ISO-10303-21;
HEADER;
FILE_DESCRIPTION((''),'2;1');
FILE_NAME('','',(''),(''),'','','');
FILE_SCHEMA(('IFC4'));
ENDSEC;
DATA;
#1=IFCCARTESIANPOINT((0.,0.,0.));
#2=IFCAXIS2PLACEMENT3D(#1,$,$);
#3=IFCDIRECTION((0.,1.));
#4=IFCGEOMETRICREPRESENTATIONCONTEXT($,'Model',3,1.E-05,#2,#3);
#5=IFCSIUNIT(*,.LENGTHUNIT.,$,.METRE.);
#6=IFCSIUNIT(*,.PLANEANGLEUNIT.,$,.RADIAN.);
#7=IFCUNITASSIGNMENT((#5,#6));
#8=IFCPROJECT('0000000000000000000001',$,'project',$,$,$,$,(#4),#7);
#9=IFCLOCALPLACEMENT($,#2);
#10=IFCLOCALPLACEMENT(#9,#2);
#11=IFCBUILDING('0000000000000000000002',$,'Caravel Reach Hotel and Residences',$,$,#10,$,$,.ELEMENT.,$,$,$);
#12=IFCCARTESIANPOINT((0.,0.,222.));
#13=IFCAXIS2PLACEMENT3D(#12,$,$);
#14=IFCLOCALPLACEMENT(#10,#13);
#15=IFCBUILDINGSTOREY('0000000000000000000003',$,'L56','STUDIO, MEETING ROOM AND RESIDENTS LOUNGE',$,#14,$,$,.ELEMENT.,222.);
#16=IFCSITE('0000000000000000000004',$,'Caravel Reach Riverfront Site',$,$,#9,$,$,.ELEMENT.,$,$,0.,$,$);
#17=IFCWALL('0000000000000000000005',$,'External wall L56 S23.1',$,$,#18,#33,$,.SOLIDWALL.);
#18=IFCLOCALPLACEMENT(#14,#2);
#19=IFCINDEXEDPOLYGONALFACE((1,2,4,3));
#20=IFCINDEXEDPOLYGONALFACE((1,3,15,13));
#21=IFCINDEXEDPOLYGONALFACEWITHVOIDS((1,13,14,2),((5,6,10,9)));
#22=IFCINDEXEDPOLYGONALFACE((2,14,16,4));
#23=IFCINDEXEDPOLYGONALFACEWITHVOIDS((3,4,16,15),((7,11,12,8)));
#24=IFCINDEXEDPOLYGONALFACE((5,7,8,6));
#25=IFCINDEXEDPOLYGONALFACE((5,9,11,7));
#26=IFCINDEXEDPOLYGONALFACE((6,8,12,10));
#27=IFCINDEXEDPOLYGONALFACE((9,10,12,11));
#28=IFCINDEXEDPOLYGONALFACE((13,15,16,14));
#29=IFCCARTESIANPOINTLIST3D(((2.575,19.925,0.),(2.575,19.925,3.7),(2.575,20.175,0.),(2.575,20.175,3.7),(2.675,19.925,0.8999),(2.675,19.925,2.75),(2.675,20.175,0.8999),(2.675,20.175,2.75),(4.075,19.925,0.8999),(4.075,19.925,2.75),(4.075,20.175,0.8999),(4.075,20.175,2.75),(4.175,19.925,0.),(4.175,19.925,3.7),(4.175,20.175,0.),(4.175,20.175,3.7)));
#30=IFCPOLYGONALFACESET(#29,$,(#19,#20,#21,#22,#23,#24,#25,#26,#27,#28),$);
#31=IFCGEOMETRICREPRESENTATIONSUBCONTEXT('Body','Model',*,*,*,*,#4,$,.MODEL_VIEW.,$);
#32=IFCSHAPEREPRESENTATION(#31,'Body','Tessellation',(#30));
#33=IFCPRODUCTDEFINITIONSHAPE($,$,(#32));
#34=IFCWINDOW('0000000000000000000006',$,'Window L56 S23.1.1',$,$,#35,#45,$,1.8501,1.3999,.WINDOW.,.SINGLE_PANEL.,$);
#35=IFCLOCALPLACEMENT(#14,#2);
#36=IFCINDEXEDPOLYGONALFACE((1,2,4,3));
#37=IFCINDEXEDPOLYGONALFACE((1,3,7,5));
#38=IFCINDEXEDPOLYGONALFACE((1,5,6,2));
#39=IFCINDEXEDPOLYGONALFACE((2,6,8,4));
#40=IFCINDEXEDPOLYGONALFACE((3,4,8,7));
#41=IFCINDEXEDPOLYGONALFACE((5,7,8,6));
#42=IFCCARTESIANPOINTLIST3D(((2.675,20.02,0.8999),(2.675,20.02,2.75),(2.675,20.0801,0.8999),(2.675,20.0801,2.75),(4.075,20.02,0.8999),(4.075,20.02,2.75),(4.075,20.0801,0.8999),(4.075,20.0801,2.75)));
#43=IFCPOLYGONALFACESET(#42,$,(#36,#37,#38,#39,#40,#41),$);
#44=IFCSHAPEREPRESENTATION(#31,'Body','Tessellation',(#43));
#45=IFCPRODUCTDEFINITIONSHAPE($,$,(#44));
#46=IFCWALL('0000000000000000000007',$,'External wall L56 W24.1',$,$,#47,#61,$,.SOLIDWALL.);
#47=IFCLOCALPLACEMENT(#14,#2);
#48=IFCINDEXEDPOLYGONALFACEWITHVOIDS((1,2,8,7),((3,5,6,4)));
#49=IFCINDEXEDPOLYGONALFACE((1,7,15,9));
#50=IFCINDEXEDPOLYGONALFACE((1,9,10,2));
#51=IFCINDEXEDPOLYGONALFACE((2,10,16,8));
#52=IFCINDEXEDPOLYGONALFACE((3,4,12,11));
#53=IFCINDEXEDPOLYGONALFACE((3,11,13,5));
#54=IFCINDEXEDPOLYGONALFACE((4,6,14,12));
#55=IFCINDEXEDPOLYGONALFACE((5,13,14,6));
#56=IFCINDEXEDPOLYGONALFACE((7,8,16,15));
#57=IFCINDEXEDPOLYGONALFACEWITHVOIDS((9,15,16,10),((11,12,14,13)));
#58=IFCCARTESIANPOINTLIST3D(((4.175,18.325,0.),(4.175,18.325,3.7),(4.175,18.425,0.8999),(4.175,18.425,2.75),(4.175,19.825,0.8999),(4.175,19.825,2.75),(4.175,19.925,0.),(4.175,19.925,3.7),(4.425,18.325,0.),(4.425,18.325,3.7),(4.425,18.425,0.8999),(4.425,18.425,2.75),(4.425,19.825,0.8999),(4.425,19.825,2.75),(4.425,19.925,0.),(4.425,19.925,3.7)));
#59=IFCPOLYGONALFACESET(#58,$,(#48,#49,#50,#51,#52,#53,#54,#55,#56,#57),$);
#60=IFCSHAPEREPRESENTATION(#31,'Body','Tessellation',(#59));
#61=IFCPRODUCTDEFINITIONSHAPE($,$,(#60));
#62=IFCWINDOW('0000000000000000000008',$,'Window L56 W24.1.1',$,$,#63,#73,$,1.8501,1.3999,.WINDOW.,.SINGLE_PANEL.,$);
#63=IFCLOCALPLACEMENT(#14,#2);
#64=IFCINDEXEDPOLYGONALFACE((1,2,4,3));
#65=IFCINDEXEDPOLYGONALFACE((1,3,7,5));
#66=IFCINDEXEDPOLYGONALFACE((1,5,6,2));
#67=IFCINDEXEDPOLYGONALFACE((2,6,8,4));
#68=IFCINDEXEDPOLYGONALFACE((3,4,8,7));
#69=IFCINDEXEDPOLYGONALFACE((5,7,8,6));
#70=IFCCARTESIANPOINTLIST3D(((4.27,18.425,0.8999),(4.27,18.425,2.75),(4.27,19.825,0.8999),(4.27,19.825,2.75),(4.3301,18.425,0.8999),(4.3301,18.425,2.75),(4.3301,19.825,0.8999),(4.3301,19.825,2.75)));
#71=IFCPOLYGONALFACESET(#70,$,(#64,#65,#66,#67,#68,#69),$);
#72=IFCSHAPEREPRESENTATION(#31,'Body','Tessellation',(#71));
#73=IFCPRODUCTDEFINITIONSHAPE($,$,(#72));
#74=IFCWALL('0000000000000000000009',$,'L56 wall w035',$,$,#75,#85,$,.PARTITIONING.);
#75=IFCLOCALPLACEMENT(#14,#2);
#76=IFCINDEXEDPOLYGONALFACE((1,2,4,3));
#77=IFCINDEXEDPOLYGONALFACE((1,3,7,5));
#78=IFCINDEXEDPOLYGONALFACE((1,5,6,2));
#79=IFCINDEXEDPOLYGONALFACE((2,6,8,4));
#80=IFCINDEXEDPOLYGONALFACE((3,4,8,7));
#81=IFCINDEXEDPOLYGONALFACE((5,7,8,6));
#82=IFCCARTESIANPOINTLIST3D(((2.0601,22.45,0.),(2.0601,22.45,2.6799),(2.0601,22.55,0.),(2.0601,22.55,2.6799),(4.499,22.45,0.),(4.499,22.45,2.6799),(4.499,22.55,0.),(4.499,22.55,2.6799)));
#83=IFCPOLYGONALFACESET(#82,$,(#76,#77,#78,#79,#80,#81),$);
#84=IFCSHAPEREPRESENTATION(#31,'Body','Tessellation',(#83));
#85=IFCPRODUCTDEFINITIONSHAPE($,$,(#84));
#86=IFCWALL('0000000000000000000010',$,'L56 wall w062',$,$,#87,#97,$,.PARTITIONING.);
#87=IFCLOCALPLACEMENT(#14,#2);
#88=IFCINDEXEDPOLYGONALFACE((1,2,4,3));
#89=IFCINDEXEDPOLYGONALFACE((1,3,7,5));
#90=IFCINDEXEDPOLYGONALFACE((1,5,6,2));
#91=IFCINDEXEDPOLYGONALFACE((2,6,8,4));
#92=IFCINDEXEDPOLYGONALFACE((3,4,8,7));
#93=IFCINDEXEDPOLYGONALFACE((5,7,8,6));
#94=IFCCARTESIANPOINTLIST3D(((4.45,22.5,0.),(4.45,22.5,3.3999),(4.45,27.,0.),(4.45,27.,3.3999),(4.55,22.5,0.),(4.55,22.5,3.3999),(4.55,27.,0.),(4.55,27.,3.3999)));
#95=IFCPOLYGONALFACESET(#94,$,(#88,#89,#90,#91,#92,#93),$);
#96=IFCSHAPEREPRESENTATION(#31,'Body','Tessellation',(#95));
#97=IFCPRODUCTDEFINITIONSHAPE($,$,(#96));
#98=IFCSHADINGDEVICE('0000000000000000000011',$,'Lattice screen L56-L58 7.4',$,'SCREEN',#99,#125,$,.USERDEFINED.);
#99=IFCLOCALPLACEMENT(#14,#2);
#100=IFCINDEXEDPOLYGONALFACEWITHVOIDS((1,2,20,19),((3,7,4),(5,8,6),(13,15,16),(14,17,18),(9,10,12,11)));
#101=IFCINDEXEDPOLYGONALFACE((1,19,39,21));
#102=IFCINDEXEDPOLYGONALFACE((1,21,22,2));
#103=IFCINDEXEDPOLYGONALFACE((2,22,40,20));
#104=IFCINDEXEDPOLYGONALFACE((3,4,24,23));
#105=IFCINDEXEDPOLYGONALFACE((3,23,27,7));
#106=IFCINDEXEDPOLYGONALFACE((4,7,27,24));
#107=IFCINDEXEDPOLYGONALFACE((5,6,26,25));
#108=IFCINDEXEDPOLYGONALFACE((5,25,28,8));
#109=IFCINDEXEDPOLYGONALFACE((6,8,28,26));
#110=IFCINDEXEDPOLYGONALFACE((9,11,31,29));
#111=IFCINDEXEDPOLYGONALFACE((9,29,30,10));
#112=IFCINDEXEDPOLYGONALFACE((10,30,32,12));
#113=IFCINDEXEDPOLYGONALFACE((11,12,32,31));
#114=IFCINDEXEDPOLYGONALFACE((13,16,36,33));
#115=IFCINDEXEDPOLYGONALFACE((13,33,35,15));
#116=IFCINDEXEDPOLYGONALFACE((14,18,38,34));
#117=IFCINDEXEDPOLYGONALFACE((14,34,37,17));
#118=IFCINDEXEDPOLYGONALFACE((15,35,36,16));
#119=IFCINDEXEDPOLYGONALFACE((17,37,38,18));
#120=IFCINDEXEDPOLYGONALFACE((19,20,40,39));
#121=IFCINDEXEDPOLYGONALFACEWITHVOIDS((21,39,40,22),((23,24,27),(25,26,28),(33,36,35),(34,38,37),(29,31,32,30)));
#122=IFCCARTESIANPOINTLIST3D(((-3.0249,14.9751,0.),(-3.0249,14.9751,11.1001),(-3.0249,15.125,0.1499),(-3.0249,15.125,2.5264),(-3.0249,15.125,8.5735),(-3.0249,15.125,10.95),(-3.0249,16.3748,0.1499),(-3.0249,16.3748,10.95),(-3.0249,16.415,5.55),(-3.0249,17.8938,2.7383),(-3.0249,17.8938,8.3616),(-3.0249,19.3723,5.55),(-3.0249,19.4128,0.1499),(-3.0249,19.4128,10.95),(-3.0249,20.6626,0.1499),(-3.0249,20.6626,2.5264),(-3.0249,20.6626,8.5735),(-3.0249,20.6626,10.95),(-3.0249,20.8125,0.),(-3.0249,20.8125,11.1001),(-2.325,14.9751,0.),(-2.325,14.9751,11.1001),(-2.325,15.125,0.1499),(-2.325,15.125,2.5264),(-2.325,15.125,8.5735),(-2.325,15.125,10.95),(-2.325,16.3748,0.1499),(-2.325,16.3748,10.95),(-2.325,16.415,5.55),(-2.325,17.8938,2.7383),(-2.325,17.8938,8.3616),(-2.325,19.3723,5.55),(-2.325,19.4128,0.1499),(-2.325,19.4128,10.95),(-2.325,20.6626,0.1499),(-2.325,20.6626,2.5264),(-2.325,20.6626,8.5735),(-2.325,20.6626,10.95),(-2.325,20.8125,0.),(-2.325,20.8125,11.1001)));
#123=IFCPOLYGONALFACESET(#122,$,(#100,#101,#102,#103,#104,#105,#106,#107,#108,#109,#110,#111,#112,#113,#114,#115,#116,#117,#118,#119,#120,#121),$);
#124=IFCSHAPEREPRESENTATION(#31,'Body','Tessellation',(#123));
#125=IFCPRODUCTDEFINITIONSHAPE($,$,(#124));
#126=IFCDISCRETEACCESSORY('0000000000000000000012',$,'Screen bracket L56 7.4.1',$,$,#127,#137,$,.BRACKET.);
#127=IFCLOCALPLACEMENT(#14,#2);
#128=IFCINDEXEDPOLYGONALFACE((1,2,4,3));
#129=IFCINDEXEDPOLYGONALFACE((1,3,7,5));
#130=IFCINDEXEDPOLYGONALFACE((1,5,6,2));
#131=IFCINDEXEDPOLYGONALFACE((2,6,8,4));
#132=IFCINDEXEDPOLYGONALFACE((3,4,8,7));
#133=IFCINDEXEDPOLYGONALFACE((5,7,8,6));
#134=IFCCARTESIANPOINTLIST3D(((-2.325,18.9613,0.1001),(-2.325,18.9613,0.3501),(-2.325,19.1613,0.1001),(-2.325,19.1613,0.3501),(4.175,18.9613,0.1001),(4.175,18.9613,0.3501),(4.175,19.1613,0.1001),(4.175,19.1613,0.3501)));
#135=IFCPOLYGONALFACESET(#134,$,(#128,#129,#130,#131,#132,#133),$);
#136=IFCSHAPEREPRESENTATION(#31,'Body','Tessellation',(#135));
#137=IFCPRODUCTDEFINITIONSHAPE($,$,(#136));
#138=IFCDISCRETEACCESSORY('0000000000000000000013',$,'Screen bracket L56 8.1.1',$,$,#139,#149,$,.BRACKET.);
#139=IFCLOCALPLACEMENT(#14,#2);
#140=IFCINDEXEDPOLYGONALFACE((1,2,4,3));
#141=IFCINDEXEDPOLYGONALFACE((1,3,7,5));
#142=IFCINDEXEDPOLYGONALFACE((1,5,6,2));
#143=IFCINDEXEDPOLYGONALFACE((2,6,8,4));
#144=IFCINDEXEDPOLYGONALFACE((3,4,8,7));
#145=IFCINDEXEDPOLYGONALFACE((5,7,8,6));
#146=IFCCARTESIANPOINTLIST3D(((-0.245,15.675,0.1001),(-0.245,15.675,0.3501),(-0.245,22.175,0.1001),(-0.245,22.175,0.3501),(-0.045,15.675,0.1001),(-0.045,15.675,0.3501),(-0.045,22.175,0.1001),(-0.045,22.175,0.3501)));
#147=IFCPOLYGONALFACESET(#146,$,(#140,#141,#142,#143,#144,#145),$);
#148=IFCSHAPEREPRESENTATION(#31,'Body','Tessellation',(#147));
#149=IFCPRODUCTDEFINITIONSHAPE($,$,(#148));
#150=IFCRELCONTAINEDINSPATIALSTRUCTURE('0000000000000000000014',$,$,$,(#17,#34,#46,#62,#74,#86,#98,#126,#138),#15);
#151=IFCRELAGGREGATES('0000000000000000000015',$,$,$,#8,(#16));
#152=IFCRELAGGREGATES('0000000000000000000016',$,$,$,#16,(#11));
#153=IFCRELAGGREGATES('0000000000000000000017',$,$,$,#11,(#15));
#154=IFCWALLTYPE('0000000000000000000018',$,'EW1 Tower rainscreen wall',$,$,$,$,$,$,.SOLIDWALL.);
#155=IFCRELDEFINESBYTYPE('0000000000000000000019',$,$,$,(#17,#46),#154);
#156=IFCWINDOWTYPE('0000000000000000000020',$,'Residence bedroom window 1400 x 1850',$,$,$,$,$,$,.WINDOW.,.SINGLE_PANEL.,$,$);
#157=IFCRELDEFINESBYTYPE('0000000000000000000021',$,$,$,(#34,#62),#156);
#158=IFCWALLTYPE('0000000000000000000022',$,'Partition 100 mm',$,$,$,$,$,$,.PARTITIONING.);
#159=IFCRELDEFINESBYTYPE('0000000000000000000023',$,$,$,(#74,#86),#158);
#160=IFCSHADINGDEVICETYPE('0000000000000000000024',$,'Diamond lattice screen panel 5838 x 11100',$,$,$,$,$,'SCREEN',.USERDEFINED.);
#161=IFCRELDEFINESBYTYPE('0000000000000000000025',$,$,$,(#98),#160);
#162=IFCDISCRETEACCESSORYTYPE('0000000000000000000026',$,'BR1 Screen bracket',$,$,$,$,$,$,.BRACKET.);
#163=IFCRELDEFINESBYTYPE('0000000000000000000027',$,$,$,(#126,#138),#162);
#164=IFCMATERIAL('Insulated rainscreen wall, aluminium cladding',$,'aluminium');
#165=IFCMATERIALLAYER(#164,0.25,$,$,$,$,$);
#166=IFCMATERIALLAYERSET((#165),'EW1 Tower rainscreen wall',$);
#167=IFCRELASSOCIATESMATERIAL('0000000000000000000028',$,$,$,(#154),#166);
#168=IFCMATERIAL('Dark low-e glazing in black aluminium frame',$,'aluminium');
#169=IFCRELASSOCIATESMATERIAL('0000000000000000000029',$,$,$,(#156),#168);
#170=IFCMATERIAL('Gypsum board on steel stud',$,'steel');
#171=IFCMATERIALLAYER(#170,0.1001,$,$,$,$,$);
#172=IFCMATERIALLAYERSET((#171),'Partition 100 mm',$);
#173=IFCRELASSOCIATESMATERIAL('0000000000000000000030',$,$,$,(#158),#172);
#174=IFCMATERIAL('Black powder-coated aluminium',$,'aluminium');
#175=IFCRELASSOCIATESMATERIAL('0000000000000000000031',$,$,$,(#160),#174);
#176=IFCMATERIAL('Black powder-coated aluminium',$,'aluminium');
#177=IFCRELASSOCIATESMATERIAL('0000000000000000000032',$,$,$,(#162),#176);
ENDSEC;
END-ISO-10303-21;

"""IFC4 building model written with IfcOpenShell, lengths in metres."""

from ifc_helpers import new_model, si_unit, direction, frame, frame_2d, origin, origin_2d, place, context, subcontext, project, spatial, polyline, rectangle, outline, extrude, material, layer, layer_set, type_object, element, fill, save


model = new_model("IFC4")

# Units and contexts
model_context = context("Model", 3, precision=1e-05, world=origin(), true_north=direction((0.0, 1.0)))
body_context = subcontext(model_context, "Body", "Model", "MODEL_VIEW")
ifc_project = project(units=[si_unit("LENGTHUNIT", "METRE"), si_unit("PLANEANGLEUNIT", "RADIAN")], contexts=[model_context])

# Site, building, storey
site_placement = place(None, origin())
site = spatial("IfcSite", under=ifc_project, at=site_placement, Name="Caravel Reach Riverfront Site", CompositionType="ELEMENT", RefElevation=0.0)
building_placement = place(site_placement, origin())
building = spatial("IfcBuilding", under=site, at=building_placement, Name="Caravel Reach Hotel and Residences", CompositionType="ELEMENT")
storey_placement = place(building_placement, frame((0.0, 0.0, 222.0)))
storey = spatial("IfcBuildingStorey", under=building, at=storey_placement, Name="L56", Description="STUDIO, MEETING ROOM AND RESIDENTS LOUNGE", CompositionType="ELEMENT", Elevation=222.0)

# Walls, openings, windows
ifc_material_1 = material(Name="Insulated rainscreen wall, aluminium cladding", Category="aluminium")
ifc_layer_1 = layer(ifc_material_1, 0.25)
ifc_layer_set_1 = layer_set([ifc_layer_1], Name="EW1 Tower rainscreen wall")
wall_type_1 = type_object("IfcWallType", Name="EW1 Tower rainscreen wall", PredefinedType="SOLIDWALL", material=ifc_layer_set_1)
ifc_material_2 = material(Name="Dark low-e glazing in black aluminium frame", Category="aluminium")
window_type = type_object("IfcWindowType", Name="Residence bedroom window 1400 x 1850", PartitioningType="SINGLE_PANEL", PredefinedType="WINDOW", material=ifc_material_2)
wall_1_placement = place(storey_placement, frame((2.575, 20.05, 0.0), z_axis=(0.0, 0.0, 1.0), x_axis=(1.0, 0.0, 0.0)))
wall_1 = element("IfcWall", 1, at=wall_1_placement, inside=storey, type_object=wall_type_1, Name="External wall L56 S23.1", PredefinedType="SOLIDWALL", context=body_context, shape_type="SweptSolid", body=[
    extrude(rectangle(XDim=1.6001, YDim=0.25, at=frame_2d((0.8, 0.0))), origin(), (0.0, 0.0, 1.0), 3.7),
])
opening_1_placement = place(wall_1_placement, frame((0.1001, 0.0, 0.8999)))
opening_1 = element("IfcOpeningElement", 2, at=opening_1_placement, cuts=wall_1, PredefinedType="OPENING", context=body_context, shape_type="SweptSolid", body=[
    extrude(rectangle(XDim=1.3999, YDim=1.8501, at=frame_2d((0.7, 0.925))), frame((0.0, 0.135, 0.0), z_axis=(0.0, -1.0, 0.0), x_axis=(1.0, 0.0, 0.0)), (0.0, 0.0, 1.0), 0.27),
])
window_1_placement = place(opening_1_placement, origin())
window_1 = element("IfcWindow", 3, at=window_1_placement, inside=storey, type_object=window_type, Name="Window L56 S23.1.1", OverallHeight=1.8501, OverallWidth=1.3999, PartitioningType="SINGLE_PANEL", PredefinedType="WINDOW", context=body_context, shape_type="SweptSolid", body=[
    extrude(rectangle(XDim=1.3999, YDim=1.8501, at=frame_2d((0.7, 0.925))), frame((0.0, 0.03, 0.0), z_axis=(0.0, -1.0, 0.0), x_axis=(1.0, 0.0, 0.0)), (0.0, 0.0, 1.0), 0.0601),
])
fill(opening_1, window_1)
wall_2_placement = place(storey_placement, frame((4.3, 19.925, 0.0), z_axis=(0.0, 0.0, 1.0), x_axis=(0.0, -1.0, 0.0)))
wall_2 = element("IfcWall", 4, at=wall_2_placement, inside=storey, type_object=wall_type_1, Name="External wall L56 W24.1", PredefinedType="SOLIDWALL", context=body_context, shape_type="SweptSolid", body=[
    extrude(rectangle(XDim=1.6001, YDim=0.25, at=frame_2d((0.8, 0.0))), origin(), (0.0, 0.0, 1.0), 3.7),
])
opening_2_placement = place(wall_2_placement, frame((0.1001, 0.0, 0.8999)))
opening_2 = element("IfcOpeningElement", 5, at=opening_2_placement, cuts=wall_2, PredefinedType="OPENING", context=body_context, shape_type="SweptSolid", body=[
    extrude(rectangle(XDim=1.3999, YDim=1.8501, at=frame_2d((0.7, 0.925))), frame((0.0, 0.135, 0.0), z_axis=(0.0, -1.0, 0.0), x_axis=(1.0, 0.0, 0.0)), (0.0, 0.0, 1.0), 0.27),
])
window_2_placement = place(opening_2_placement, origin())
window_2 = element("IfcWindow", 6, at=window_2_placement, inside=storey, type_object=window_type, Name="Window L56 W24.1.1", OverallHeight=1.8501, OverallWidth=1.3999, PartitioningType="SINGLE_PANEL", PredefinedType="WINDOW", context=body_context, shape_type="SweptSolid", body=[
    extrude(rectangle(XDim=1.3999, YDim=1.8501, at=frame_2d((0.7, 0.925))), frame((0.0, 0.03, 0.0), z_axis=(0.0, -1.0, 0.0), x_axis=(1.0, 0.0, 0.0)), (0.0, 0.0, 1.0), 0.0601),
])
fill(opening_2, window_2)

# Walls
ifc_material_3 = material(Name="Gypsum board on steel stud", Category="steel")
ifc_layer_2 = layer(ifc_material_3, 0.1001)
ifc_layer_set_2 = layer_set([ifc_layer_2], Name="Partition 100 mm")
wall_type_2 = type_object("IfcWallType", Name="Partition 100 mm", PredefinedType="PARTITIONING", material=ifc_layer_set_2)
wall_3_placement = place(storey_placement, frame((2.0601, 22.5, 0.0), z_axis=(0.0, 0.0, 1.0), x_axis=(1.0, 0.0, 0.0)))
element("IfcWall", 7, at=wall_3_placement, inside=storey, type_object=wall_type_2, Name="L56 wall w035", PredefinedType="PARTITIONING", context=body_context, shape_type="SweptSolid", body=[
    extrude(rectangle(XDim=2.439, YDim=0.1001, at=frame_2d((1.2195, 0.0))), origin(), (0.0, 0.0, 1.0), 2.6799),
])
wall_4_placement = place(storey_placement, frame((4.5, 22.5, 0.0), z_axis=(0.0, 0.0, 1.0), x_axis=(0.0, 1.0, 0.0)))
element("IfcWall", 8, at=wall_4_placement, inside=storey, type_object=wall_type_2, Name="L56 wall w062", PredefinedType="PARTITIONING", context=body_context, shape_type="SweptSolid", body=[
    extrude(rectangle(XDim=4.5, YDim=0.1001, at=frame_2d((2.25, 0.0))), origin(), (0.0, 0.0, 1.0), 3.3999),
])

# Shading device
ifc_material_4 = material(Name="Black powder-coated aluminium", Category="aluminium")
shading_device_type = type_object("IfcShadingDeviceType", Name="Diamond lattice screen panel 5838 x 11100", ElementType="SCREEN", PredefinedType="USERDEFINED", material=ifc_material_4)
shading_device_placement = place(storey_placement, frame((-2.325, 20.8125, 0.0), z_axis=(-1.0, 0.0, 0.0), x_axis=(0.0, -1.0, 0.0)))
element("IfcShadingDevice", 9, at=shading_device_placement, inside=storey, type_object=shading_device_type, Name="Lattice screen L56-L58 7.4", ObjectType="SCREEN", PredefinedType="USERDEFINED", context=body_context, shape_type="SweptSolid", body=[
    extrude(outline(polyline([(0.0, 0.0), (5.8374, 0.0), (5.8374, 11.1001), (0.0, 11.1001), (0.0, 0.0)]), holes=[polyline([(1.3997, 0.1499), (0.1499, 2.5264), (0.1499, 0.1499), (1.3997, 0.1499)]), polyline([(0.1499, 8.5735), (1.3997, 10.95), (0.1499, 10.95), (0.1499, 8.5735)]), polyline([(2.9187, 8.3616), (1.4402, 5.55), (2.9187, 2.7383), (4.3975, 5.55), (2.9187, 8.3616)]), polyline([(5.6875, 2.5264), (4.4377, 0.1499), (5.6875, 0.1499), (5.6875, 2.5264)]), polyline([(4.4377, 10.95), (5.6875, 8.5735), (5.6875, 10.95), (4.4377, 10.95)])]), origin(), (0.0, 0.0, 1.0), 0.7),
])

# Discrete accessories
ifc_material_5 = material(Name="Black powder-coated aluminium", Category="aluminium")
discrete_accessory_type = type_object("IfcDiscreteAccessoryType", Name="BR1 Screen bracket", PredefinedType="BRACKET", material=ifc_material_5)
for number, where, z_axis, x_axis, name in (
    (10, (0.925, 19.0613, 0.1001), (0.0, 0.0, 1.0), (-1.0, 0.0, 0.0), "Screen bracket L56 7.4.1"),
    (11, (-0.145, 18.925, 0.1001), (0.0, 0.0, 1.0), (0.0, -1.0, 0.0), "Screen bracket L56 8.1.1"),
):
    element("IfcDiscreteAccessory", number, at=place(storey_placement, frame(where, z_axis=z_axis, x_axis=x_axis)), inside=storey, type_object=discrete_accessory_type, Name=name, PredefinedType="BRACKET", context=body_context, shape_type="SweptSolid", body=[
        extrude(rectangle(XDim=6.5, YDim=0.2, at=origin_2d()), origin(), (0.0, 0.0, 1.0), 0.25),
    ])

save(model, "model.ifc")
